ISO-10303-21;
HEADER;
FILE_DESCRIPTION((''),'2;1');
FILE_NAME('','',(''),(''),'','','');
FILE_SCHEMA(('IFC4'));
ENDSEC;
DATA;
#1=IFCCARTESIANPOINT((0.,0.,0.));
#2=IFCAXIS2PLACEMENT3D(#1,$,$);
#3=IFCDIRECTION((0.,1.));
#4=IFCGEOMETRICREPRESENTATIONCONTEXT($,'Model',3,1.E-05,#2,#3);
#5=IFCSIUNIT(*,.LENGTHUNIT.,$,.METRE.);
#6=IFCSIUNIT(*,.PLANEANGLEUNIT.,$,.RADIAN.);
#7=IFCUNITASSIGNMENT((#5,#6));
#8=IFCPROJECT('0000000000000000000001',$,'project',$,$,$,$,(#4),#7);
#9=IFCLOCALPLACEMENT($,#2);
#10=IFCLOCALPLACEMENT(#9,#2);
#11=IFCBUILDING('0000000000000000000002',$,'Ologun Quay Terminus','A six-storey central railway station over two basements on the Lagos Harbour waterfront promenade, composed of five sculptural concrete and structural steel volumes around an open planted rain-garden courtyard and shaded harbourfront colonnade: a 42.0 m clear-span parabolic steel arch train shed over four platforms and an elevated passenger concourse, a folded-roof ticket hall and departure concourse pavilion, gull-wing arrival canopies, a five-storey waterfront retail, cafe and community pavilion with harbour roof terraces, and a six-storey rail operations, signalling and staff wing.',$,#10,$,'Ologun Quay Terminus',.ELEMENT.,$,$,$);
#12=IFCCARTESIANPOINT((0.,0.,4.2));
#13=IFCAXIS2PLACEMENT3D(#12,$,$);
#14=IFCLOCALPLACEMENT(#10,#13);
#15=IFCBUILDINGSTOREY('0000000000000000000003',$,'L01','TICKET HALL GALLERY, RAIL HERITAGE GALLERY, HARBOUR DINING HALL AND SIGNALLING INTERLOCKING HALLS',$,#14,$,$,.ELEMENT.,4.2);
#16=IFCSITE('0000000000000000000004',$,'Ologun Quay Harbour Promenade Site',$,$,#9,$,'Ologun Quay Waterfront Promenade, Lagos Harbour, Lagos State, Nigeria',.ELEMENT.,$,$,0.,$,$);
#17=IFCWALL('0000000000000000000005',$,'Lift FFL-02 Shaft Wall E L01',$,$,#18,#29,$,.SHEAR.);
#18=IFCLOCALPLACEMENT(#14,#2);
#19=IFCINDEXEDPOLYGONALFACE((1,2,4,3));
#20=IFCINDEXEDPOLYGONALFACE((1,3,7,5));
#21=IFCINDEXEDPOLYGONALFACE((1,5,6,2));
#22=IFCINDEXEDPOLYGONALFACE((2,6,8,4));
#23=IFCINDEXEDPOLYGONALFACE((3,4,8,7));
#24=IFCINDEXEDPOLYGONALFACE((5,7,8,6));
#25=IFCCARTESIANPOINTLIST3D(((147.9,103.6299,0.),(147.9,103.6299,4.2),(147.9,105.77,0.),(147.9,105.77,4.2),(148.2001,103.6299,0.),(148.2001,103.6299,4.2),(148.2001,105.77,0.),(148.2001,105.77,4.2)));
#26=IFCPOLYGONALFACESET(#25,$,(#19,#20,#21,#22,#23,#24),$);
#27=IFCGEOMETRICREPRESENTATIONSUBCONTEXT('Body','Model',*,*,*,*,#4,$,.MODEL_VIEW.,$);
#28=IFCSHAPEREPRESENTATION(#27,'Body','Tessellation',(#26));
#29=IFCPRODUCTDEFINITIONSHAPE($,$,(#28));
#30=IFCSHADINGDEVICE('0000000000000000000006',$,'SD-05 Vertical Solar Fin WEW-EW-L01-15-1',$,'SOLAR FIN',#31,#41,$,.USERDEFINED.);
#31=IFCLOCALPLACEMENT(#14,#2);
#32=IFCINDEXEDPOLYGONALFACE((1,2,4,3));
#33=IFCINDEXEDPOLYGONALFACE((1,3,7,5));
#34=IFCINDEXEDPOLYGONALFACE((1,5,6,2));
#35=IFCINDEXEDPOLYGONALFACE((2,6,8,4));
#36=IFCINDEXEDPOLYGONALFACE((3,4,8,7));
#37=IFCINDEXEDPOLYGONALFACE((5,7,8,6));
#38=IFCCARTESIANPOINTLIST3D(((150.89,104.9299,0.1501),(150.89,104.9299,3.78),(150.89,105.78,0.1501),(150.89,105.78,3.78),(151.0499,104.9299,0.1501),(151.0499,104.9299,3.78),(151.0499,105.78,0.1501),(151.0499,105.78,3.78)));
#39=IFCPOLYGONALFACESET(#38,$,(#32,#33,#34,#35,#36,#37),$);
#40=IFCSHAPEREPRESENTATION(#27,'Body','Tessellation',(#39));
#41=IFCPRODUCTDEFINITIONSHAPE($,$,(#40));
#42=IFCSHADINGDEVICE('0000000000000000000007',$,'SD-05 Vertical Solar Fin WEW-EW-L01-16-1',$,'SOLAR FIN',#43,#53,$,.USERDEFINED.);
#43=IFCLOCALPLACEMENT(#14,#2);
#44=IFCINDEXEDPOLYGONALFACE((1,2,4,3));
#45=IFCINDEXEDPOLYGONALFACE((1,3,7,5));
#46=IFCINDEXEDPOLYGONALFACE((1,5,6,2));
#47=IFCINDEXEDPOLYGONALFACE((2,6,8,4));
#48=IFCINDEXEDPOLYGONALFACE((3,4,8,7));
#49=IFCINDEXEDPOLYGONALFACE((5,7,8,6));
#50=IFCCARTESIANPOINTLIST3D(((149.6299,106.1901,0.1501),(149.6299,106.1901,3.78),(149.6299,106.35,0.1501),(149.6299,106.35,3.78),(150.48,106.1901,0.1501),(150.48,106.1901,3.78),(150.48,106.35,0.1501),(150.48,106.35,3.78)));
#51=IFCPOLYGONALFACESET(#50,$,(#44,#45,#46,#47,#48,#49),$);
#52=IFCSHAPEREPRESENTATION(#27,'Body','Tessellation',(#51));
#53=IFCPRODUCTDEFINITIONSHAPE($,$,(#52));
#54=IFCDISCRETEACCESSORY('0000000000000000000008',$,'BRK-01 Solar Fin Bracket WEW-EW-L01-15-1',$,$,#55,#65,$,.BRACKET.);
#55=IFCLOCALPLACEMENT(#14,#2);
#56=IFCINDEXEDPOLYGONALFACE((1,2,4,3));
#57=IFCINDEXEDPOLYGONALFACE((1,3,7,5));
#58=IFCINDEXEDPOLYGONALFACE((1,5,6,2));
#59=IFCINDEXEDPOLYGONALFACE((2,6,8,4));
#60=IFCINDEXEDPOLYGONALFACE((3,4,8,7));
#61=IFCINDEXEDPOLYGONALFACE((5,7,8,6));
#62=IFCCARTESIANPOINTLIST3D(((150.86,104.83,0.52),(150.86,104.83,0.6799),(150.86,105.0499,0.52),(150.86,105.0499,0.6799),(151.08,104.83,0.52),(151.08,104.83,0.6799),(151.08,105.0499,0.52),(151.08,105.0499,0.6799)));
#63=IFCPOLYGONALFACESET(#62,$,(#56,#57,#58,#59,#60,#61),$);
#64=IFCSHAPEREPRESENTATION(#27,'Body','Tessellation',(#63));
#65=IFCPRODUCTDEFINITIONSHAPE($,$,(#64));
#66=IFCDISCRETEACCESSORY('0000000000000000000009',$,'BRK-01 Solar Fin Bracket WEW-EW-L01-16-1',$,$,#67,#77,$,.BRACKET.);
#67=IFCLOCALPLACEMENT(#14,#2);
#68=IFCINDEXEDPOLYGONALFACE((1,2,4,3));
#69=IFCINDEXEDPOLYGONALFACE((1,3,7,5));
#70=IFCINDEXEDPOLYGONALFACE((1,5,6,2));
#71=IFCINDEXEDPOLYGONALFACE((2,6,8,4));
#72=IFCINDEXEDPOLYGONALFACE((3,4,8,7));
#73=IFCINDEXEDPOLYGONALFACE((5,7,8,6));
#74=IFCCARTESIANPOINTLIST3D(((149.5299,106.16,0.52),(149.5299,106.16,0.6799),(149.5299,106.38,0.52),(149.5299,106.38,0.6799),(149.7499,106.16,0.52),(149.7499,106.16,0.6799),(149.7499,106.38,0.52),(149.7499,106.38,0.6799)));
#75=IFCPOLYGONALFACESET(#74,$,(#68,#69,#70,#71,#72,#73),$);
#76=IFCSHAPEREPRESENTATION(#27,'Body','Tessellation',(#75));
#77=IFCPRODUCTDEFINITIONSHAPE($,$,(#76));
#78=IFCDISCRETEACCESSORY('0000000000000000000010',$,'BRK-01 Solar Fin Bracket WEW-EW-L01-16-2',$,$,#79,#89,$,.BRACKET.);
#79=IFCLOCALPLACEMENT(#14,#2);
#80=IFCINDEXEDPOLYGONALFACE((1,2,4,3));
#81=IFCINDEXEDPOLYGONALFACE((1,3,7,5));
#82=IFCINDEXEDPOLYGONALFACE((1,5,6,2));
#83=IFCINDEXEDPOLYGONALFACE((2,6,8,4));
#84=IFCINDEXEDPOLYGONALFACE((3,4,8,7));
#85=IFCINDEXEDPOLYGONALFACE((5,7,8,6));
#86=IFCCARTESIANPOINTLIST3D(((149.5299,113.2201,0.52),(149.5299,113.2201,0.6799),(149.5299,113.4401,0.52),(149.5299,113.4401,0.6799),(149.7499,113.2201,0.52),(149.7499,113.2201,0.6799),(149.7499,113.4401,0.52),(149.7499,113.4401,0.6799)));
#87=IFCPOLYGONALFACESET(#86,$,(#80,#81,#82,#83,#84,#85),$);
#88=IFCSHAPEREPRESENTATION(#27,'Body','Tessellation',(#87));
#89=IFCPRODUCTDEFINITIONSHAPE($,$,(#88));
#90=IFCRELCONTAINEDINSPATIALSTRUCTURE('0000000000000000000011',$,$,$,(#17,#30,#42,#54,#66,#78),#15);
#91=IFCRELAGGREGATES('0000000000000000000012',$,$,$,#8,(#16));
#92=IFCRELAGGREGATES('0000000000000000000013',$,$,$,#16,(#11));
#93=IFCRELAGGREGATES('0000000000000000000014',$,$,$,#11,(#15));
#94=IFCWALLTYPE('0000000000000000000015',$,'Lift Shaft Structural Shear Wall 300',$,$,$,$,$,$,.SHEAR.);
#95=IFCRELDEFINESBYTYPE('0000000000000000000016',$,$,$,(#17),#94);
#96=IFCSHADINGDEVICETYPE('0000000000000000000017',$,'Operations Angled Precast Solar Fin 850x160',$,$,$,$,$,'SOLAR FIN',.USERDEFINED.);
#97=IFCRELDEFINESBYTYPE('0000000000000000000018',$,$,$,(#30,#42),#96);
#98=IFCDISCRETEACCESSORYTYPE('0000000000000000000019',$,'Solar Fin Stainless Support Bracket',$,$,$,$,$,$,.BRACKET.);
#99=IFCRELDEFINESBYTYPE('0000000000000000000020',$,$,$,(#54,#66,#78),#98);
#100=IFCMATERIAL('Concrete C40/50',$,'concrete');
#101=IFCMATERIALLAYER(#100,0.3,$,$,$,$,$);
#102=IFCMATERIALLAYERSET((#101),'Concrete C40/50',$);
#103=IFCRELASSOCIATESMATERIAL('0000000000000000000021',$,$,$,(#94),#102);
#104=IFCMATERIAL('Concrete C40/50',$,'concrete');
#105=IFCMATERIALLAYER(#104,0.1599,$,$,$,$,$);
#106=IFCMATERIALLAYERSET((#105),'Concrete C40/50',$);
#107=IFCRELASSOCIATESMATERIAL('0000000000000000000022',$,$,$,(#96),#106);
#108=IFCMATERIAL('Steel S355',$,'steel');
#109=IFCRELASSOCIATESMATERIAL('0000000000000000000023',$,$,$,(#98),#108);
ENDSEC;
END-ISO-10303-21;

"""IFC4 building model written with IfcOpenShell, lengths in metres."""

from ifc_helpers import new_model, si_unit, direction, frame, frame_2d, origin, origin_2d, place, context, subcontext, project, spatial, rectangle, extrude, material, layer, layer_set, type_object, element, save


model = new_model("IFC4")

# Units and contexts
model_context = context("Model", 3, precision=1e-05, world=origin(), true_north=direction((0.0, 1.0)))
body_context = subcontext(model_context, "Body", "Model", "MODEL_VIEW")
ifc_project = project(units=[si_unit("LENGTHUNIT", "METRE"), si_unit("PLANEANGLEUNIT", "RADIAN")], contexts=[model_context])

# Site, building, storey
site_placement = place(None, origin())
site = spatial("IfcSite", under=ifc_project, at=site_placement, Name="Ologun Quay Harbour Promenade Site", LongName="Ologun Quay Waterfront Promenade, Lagos Harbour, Lagos State, Nigeria", CompositionType="ELEMENT", RefElevation=0.0)
building_placement = place(site_placement, origin())
building = spatial("IfcBuilding", under=site, at=building_placement, Name="Ologun Quay Terminus", Description="A six-storey central railway station over two basements on the Lagos Harbour waterfront promenade, composed of five sculptural concrete and structural steel volumes around an open planted rain-garden courtyard and shaded harbourfront colonnade: a 42.0 m clear-span parabolic steel arch train shed over four platforms and an elevated passenger concourse, a folded-roof ticket hall and departure concourse pavilion, gull-wing arrival canopies, a five-storey waterfront retail, cafe and community pavilion with harbour roof terraces, and a six-storey rail operations, signalling and staff wing.", LongName="Ologun Quay Terminus", CompositionType="ELEMENT")
storey_placement = place(building_placement, frame((0.0, 0.0, 4.2)))
storey = spatial("IfcBuildingStorey", under=building, at=storey_placement, Name="L01", Description="TICKET HALL GALLERY, RAIL HERITAGE GALLERY, HARBOUR DINING HALL AND SIGNALLING INTERLOCKING HALLS", CompositionType="ELEMENT", Elevation=4.2)

# Shared definitions
ifc_material_1 = material(Name="Concrete C40/50", Category="concrete")
ifc_layer_1 = layer(ifc_material_1, 0.3)
ifc_layer_set_1 = layer_set([ifc_layer_1], Name="Concrete C40/50")
wall_type_1 = type_object("IfcWallType", Name="Lift Shaft Structural Shear Wall 300", PredefinedType="SHEAR", material=ifc_layer_set_1)

# Wall
wall_1_placement = place(storey_placement, frame((148.05, 103.6299, 0.0), z_axis=(0.0, 0.0, 1.0), x_axis=(0.0, 1.0, 0.0)))
element("IfcWall", 1, at=wall_1_placement, inside=storey, type_object=wall_type_1, Name="Lift FFL-02 Shaft Wall E L01", PredefinedType="SHEAR", context=body_context, shape_type="SweptSolid", body=[
    extrude(rectangle(XDim=2.1401, YDim=0.3, at=frame_2d((1.0701, 0.0))), origin(), (0.0, 0.0, 1.0), 4.2),
])

# Shading devices
ifc_material_2 = material(Name="Concrete C40/50", Category="concrete")
ifc_layer_2 = layer(ifc_material_2, 0.1599)
ifc_layer_set_2 = layer_set([ifc_layer_2], Name="Concrete C40/50")
shading_device_type = type_object("IfcShadingDeviceType", Name="Operations Angled Precast Solar Fin 850x160", ElementType="SOLAR FIN", PredefinedType="USERDEFINED", material=ifc_layer_set_2)
shading_device_1_placement = place(storey_placement, frame((150.97, 105.355, 0.1501), z_axis=(0.0, 0.0, 1.0), x_axis=(1.0, 0.0, 0.0)))
element("IfcShadingDevice", 2, at=shading_device_1_placement, inside=storey, type_object=shading_device_type, Name="SD-05 Vertical Solar Fin WEW-EW-L01-15-1", ObjectType="SOLAR FIN", PredefinedType="USERDEFINED", context=body_context, shape_type="SweptSolid", body=[
    extrude(rectangle(XDim=0.1599, YDim=0.8501, at=origin_2d()), origin(), (0.0, 0.0, 1.0), 3.6299),
])
shading_device_2_placement = place(storey_placement, frame((150.0549, 106.27, 0.1501), z_axis=(0.0, 0.0, 1.0), x_axis=(1.0, 0.0, 0.0)))
element("IfcShadingDevice", 3, at=shading_device_2_placement, inside=storey, type_object=shading_device_type, Name="SD-05 Vertical Solar Fin WEW-EW-L01-16-1", ObjectType="SOLAR FIN", PredefinedType="USERDEFINED", context=body_context, shape_type="SweptSolid", body=[
    extrude(rectangle(XDim=0.8501, YDim=0.1599, at=origin_2d()), origin(), (0.0, 0.0, 1.0), 3.6299),
])

# Discrete accessories
ifc_material_3 = material(Name="Steel S355", Category="steel")
discrete_accessory_type = type_object("IfcDiscreteAccessoryType", Name="Solar Fin Stainless Support Bracket", PredefinedType="BRACKET", material=ifc_material_3)
for number, where, z_axis, x_axis, name in (
    (4, (150.97, 104.9399, 0.52), (0.0, 0.0, 1.0), (1.0, 0.0, 0.0), "BRK-01 Solar Fin Bracket WEW-EW-L01-15-1"),
    (5, (149.6399, 106.27, 0.52), (0.0, 0.0, 1.0), (1.0, 0.0, 0.0), "BRK-01 Solar Fin Bracket WEW-EW-L01-16-1"),
    (6, (149.6399, 113.3301, 0.52), (0.0, 0.0, 1.0), (1.0, 0.0, 0.0), "BRK-01 Solar Fin Bracket WEW-EW-L01-16-2"),
):
    element("IfcDiscreteAccessory", number, at=place(storey_placement, frame(where, z_axis=z_axis, x_axis=x_axis)), inside=storey, type_object=discrete_accessory_type, Name=name, PredefinedType="BRACKET", context=body_context, shape_type="SweptSolid", body=[
        extrude(rectangle(XDim=0.22, YDim=0.22, at=origin_2d()), origin(), (0.0, 0.0, 1.0), 0.1599),
    ])

save(model, "model.ifc")
